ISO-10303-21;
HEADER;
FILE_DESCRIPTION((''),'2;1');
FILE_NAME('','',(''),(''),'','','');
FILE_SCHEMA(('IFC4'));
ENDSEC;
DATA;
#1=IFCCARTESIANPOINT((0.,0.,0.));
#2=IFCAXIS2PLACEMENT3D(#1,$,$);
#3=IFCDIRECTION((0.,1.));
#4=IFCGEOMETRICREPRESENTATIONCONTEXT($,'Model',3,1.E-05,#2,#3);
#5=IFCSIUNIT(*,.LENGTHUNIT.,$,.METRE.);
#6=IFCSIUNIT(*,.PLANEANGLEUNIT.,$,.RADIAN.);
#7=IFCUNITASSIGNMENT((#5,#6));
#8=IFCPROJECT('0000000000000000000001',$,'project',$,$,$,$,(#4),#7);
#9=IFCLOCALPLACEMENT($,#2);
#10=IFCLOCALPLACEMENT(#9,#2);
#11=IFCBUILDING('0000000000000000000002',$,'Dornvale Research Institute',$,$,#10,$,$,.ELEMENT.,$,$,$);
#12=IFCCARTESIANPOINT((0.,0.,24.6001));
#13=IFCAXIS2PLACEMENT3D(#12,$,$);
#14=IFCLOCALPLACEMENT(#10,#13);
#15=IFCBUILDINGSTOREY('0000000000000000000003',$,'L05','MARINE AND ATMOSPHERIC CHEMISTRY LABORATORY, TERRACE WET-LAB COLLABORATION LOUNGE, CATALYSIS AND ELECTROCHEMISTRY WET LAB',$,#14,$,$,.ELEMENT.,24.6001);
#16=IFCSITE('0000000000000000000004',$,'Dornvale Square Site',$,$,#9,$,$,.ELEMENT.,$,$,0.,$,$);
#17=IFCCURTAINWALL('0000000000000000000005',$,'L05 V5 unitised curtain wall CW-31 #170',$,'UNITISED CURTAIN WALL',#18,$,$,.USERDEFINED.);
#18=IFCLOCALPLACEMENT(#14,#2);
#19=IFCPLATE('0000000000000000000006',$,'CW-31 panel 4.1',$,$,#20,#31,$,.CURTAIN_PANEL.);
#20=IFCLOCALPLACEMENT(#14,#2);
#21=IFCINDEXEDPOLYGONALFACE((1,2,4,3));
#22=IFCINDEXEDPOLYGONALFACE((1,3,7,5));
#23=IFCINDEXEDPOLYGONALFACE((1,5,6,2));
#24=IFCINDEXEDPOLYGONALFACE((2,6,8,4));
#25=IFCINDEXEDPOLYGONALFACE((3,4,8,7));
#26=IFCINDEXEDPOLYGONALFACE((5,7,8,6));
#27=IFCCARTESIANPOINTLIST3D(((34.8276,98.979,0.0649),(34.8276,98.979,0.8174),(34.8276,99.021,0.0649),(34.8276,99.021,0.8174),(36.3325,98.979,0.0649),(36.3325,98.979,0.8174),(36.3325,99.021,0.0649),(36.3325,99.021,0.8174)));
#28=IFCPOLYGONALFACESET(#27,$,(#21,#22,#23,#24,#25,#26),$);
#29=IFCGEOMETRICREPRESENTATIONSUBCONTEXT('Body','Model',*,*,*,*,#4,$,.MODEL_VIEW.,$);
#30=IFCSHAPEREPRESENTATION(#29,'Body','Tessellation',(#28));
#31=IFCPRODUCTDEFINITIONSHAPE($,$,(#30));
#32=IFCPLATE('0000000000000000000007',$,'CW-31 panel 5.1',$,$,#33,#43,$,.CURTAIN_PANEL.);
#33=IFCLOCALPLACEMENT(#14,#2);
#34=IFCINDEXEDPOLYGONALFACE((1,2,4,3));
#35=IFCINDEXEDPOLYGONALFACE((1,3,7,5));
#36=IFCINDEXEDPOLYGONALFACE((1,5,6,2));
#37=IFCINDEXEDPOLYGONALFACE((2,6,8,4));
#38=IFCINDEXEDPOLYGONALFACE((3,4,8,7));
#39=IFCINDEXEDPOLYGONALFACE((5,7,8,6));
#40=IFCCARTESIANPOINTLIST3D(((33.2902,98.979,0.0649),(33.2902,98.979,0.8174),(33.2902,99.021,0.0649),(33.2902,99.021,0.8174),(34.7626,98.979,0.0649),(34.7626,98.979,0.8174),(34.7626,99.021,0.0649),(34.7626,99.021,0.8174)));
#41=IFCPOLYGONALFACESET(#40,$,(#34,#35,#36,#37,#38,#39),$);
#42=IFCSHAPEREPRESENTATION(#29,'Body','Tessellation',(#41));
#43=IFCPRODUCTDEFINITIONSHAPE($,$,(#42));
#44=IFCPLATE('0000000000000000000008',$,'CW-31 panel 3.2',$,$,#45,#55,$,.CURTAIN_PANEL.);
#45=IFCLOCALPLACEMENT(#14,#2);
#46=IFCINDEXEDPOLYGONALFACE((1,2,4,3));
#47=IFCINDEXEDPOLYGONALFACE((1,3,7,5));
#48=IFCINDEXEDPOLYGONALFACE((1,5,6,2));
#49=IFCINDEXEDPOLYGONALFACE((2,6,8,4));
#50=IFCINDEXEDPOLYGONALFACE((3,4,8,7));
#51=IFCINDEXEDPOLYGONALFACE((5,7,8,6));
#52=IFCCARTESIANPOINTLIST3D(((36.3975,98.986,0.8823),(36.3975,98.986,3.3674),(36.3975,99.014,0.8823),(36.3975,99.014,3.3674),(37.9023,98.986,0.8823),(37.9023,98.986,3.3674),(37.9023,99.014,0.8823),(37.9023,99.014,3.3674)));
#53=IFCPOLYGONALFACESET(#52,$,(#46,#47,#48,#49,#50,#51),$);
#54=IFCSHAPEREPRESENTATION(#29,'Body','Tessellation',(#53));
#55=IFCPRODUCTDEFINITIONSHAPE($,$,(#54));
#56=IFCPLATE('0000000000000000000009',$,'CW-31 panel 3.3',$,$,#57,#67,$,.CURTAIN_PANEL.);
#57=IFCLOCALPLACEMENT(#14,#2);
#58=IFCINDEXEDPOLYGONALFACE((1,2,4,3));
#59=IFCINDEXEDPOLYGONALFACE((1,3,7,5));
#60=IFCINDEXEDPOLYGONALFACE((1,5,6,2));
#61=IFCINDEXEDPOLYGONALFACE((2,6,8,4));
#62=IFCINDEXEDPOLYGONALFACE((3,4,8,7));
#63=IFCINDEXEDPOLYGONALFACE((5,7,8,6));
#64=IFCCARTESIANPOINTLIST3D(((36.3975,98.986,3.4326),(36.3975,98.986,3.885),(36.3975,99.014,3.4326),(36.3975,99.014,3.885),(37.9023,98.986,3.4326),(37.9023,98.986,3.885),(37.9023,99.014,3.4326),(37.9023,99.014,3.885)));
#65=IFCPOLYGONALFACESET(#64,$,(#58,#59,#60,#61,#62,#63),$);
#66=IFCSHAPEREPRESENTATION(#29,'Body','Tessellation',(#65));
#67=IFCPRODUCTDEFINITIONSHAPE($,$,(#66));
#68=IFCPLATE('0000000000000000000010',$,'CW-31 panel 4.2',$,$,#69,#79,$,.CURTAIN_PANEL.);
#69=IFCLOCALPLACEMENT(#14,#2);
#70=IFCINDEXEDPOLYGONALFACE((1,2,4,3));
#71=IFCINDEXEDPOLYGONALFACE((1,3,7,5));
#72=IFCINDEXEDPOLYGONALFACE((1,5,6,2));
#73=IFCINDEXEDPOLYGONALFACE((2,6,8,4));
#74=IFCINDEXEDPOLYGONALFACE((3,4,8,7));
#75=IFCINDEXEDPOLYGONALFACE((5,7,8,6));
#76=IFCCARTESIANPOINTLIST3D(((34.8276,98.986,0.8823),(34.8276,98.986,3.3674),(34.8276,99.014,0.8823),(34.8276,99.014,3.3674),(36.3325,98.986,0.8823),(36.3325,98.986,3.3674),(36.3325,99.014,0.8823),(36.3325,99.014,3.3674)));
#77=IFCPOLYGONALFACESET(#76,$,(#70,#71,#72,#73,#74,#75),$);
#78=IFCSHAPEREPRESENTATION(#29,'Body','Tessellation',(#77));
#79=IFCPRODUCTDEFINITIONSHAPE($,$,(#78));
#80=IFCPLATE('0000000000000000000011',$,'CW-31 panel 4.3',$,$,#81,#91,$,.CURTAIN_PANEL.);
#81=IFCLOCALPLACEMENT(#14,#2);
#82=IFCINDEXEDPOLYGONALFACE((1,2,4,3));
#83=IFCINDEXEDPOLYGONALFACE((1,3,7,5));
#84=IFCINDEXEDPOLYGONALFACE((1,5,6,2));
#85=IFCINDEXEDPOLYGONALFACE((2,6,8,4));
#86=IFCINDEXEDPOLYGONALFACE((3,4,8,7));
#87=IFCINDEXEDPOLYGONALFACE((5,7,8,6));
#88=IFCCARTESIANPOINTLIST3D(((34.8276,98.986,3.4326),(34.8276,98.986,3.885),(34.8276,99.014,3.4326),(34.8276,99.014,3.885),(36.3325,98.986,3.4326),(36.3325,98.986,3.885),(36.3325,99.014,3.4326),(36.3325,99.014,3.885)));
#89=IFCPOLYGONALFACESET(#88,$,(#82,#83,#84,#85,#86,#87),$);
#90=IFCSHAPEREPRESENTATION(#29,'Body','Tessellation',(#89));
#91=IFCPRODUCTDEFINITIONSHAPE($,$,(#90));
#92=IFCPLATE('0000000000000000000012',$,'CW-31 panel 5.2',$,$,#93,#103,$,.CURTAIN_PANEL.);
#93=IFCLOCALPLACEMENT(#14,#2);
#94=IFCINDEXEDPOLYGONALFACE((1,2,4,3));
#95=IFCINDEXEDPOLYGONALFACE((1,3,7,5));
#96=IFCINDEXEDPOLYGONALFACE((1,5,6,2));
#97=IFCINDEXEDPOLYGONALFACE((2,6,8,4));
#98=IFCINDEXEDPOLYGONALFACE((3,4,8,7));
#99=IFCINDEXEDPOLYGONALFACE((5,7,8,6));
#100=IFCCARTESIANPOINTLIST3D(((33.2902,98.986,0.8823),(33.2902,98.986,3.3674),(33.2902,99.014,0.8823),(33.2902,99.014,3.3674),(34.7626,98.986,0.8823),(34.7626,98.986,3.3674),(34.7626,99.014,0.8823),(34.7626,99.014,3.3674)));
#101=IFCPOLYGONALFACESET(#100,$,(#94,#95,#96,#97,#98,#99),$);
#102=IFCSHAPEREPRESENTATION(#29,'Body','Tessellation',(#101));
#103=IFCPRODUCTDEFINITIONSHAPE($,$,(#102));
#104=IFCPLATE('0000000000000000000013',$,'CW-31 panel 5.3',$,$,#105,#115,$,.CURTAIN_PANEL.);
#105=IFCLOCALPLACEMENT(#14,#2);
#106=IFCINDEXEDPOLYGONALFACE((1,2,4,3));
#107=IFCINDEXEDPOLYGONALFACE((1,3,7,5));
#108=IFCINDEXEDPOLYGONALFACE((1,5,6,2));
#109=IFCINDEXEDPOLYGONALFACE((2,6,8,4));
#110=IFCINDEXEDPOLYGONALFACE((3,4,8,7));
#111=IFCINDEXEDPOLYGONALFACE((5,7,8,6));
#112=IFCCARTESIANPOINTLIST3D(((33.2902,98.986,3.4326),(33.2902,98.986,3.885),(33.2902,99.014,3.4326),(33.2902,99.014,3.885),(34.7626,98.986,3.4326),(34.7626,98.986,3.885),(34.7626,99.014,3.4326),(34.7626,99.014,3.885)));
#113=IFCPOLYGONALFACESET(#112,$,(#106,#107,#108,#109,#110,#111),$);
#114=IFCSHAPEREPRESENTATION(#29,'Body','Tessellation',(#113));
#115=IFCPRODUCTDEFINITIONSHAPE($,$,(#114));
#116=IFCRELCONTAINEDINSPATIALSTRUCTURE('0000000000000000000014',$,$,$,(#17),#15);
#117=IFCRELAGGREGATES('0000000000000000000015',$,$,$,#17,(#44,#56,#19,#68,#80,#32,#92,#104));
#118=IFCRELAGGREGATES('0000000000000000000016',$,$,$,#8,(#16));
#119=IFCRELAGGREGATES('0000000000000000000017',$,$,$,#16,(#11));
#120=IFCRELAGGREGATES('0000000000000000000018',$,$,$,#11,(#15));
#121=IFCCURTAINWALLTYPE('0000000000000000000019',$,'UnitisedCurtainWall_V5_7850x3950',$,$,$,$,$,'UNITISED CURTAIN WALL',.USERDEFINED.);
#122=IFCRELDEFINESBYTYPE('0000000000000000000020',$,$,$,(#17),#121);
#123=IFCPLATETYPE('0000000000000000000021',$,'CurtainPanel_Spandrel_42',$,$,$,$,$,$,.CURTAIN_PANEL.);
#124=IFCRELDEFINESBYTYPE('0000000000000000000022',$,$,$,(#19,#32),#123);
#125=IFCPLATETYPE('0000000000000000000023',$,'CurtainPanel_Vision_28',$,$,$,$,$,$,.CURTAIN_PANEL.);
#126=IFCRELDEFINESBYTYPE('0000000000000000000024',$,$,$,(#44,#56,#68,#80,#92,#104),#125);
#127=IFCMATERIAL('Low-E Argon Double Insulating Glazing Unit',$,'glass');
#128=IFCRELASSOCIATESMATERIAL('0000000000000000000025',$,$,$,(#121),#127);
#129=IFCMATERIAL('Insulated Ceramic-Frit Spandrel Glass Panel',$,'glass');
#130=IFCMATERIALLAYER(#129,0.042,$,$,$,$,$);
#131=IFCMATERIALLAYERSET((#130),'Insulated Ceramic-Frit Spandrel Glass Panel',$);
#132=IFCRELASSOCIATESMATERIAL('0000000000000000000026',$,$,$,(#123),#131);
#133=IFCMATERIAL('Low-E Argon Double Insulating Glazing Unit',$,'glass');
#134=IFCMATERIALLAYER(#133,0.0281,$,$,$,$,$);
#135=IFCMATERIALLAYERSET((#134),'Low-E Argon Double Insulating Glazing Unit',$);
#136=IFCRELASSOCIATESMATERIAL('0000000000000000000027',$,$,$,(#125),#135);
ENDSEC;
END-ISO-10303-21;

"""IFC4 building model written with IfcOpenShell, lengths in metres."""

from ifc_helpers import new_model, si_unit, direction, frame, origin, origin_2d, place, context, subcontext, project, spatial, rectangle, extrude, material, layer, layer_set, type_object, element, aggregate, save


model = new_model("IFC4")

# Units and contexts
model_context = context("Model", 3, precision=1e-05, world=origin(), true_north=direction((0.0, 1.0)))
body_context = subcontext(model_context, "Body", "Model", "MODEL_VIEW")
ifc_project = project(units=[si_unit("LENGTHUNIT", "METRE"), si_unit("PLANEANGLEUNIT", "RADIAN")], contexts=[model_context])

# Site, building, storey
site_placement = place(None, origin())
site = spatial("IfcSite", under=ifc_project, at=site_placement, Name="Dornvale Square Site", CompositionType="ELEMENT", RefElevation=0.0)
building_placement = place(site_placement, origin())
building = spatial("IfcBuilding", under=site, at=building_placement, Name="Dornvale Research Institute", CompositionType="ELEMENT")
storey_placement = place(building_placement, frame((0.0, 0.0, 24.6001)))
storey = spatial("IfcBuildingStorey", under=building, at=storey_placement, Name="L05", Description="MARINE AND ATMOSPHERIC CHEMISTRY LABORATORY, TERRACE WET-LAB COLLABORATION LOUNGE, CATALYSIS AND ELECTROCHEMISTRY WET LAB", CompositionType="ELEMENT", Elevation=24.6001)

# Curtain wall, plates
ifc_material_1 = material(Name="Low-E Argon Double Insulating Glazing Unit", Category="glass")
curtain_wall_type = type_object("IfcCurtainWallType", Name="UnitisedCurtainWall_V5_7850x3950", ElementType="UNITISED CURTAIN WALL", PredefinedType="USERDEFINED", material=ifc_material_1)
curtain_wall_placement = place(storey_placement, origin())
curtain_wall = element("IfcCurtainWall", 1, at=curtain_wall_placement, inside=storey, type_object=curtain_wall_type, Name="L05 V5 unitised curtain wall CW-31 #170", ObjectType="UNITISED CURTAIN WALL", PredefinedType="USERDEFINED")
ifc_material_2 = material(Name="Insulated Ceramic-Frit Spandrel Glass Panel", Category="glass")
ifc_layer_1 = layer(ifc_material_2, 0.042)
ifc_layer_set_1 = layer_set([ifc_layer_1], Name="Insulated Ceramic-Frit Spandrel Glass Panel")
plate_type_1 = type_object("IfcPlateType", Name="CurtainPanel_Spandrel_42", PredefinedType="CURTAIN_PANEL", material=ifc_layer_set_1)
plate_1_placement = place(storey_placement, frame((35.5801, 99.0, 0.0649), z_axis=(0.0, 0.0, 1.0), x_axis=(-1.0, 0.0, 0.0)))
plate_1 = element("IfcPlate", 2, at=plate_1_placement, type_object=plate_type_1, Name="CW-31 panel 4.1", PredefinedType="CURTAIN_PANEL", context=body_context, shape_type="SweptSolid", body=[
    extrude(rectangle(XDim=1.5049, YDim=0.042, at=origin_2d()), origin(), (0.0, 0.0, 1.0), 0.7524),
])
plate_2_placement = place(storey_placement, frame((34.0264, 99.0, 0.0649), z_axis=(0.0, 0.0, 1.0), x_axis=(-1.0, 0.0, 0.0)))
plate_2 = element("IfcPlate", 3, at=plate_2_placement, type_object=plate_type_1, Name="CW-31 panel 5.1", PredefinedType="CURTAIN_PANEL", context=body_context, shape_type="SweptSolid", body=[
    extrude(rectangle(XDim=1.4724, YDim=0.042, at=origin_2d()), origin(), (0.0, 0.0, 1.0), 0.7524),
])
ifc_material_3 = material(Name="Low-E Argon Double Insulating Glazing Unit", Category="glass")
ifc_layer_2 = layer(ifc_material_3, 0.0281)
ifc_layer_set_2 = layer_set([ifc_layer_2], Name="Low-E Argon Double Insulating Glazing Unit")
plate_type_2 = type_object("IfcPlateType", Name="CurtainPanel_Vision_28", PredefinedType="CURTAIN_PANEL", material=ifc_layer_set_2)
plate_3_placement = place(storey_placement, frame((37.1499, 99.0, 0.8823), z_axis=(0.0, 0.0, 1.0), x_axis=(-1.0, 0.0, 0.0)))
plate_3 = element("IfcPlate", 4, at=plate_3_placement, type_object=plate_type_2, Name="CW-31 panel 3.2", PredefinedType="CURTAIN_PANEL", context=body_context, shape_type="SweptSolid", body=[
    extrude(rectangle(XDim=1.5049, YDim=0.0281, at=origin_2d()), origin(), (0.0, 0.0, 1.0), 2.4851),
])
plate_4_placement = place(storey_placement, frame((37.1499, 99.0, 3.4326), z_axis=(0.0, 0.0, 1.0), x_axis=(-1.0, 0.0, 0.0)))
plate_4 = element("IfcPlate", 5, at=plate_4_placement, type_object=plate_type_2, Name="CW-31 panel 3.3", PredefinedType="CURTAIN_PANEL", context=body_context, shape_type="SweptSolid", body=[
    extrude(rectangle(XDim=1.5049, YDim=0.0281, at=origin_2d()), origin(), (0.0, 0.0, 1.0), 0.4524),
])
plate_5_placement = place(storey_placement, frame((35.5801, 99.0, 0.8823), z_axis=(0.0, 0.0, 1.0), x_axis=(-1.0, 0.0, 0.0)))
plate_5 = element("IfcPlate", 6, at=plate_5_placement, type_object=plate_type_2, Name="CW-31 panel 4.2", PredefinedType="CURTAIN_PANEL", context=body_context, shape_type="SweptSolid", body=[
    extrude(rectangle(XDim=1.5049, YDim=0.0281, at=origin_2d()), origin(), (0.0, 0.0, 1.0), 2.4851),
])
plate_6_placement = place(storey_placement, frame((35.5801, 99.0, 3.4326), z_axis=(0.0, 0.0, 1.0), x_axis=(-1.0, 0.0, 0.0)))
plate_6 = element("IfcPlate", 7, at=plate_6_placement, type_object=plate_type_2, Name="CW-31 panel 4.3", PredefinedType="CURTAIN_PANEL", context=body_context, shape_type="SweptSolid", body=[
    extrude(rectangle(XDim=1.5049, YDim=0.0281, at=origin_2d()), origin(), (0.0, 0.0, 1.0), 0.4524),
])
plate_7_placement = place(storey_placement, frame((34.0264, 99.0, 0.8823), z_axis=(0.0, 0.0, 1.0), x_axis=(-1.0, 0.0, 0.0)))
plate_7 = element("IfcPlate", 8, at=plate_7_placement, type_object=plate_type_2, Name="CW-31 panel 5.2", PredefinedType="CURTAIN_PANEL", context=body_context, shape_type="SweptSolid", body=[
    extrude(rectangle(XDim=1.4724, YDim=0.0281, at=origin_2d()), origin(), (0.0, 0.0, 1.0), 2.4851),
])
plate_8_placement = place(storey_placement, frame((34.0264, 99.0, 3.4326), z_axis=(0.0, 0.0, 1.0), x_axis=(-1.0, 0.0, 0.0)))
plate_8 = element("IfcPlate", 9, at=plate_8_placement, type_object=plate_type_2, Name="CW-31 panel 5.3", PredefinedType="CURTAIN_PANEL", context=body_context, shape_type="SweptSolid", body=[
    extrude(rectangle(XDim=1.4724, YDim=0.0281, at=origin_2d()), origin(), (0.0, 0.0, 1.0), 0.4524),
])
aggregate(curtain_wall, [plate_3, plate_4, plate_1, plate_5, plate_6, plate_2, plate_7, plate_8])

save(model, "model.ifc")
